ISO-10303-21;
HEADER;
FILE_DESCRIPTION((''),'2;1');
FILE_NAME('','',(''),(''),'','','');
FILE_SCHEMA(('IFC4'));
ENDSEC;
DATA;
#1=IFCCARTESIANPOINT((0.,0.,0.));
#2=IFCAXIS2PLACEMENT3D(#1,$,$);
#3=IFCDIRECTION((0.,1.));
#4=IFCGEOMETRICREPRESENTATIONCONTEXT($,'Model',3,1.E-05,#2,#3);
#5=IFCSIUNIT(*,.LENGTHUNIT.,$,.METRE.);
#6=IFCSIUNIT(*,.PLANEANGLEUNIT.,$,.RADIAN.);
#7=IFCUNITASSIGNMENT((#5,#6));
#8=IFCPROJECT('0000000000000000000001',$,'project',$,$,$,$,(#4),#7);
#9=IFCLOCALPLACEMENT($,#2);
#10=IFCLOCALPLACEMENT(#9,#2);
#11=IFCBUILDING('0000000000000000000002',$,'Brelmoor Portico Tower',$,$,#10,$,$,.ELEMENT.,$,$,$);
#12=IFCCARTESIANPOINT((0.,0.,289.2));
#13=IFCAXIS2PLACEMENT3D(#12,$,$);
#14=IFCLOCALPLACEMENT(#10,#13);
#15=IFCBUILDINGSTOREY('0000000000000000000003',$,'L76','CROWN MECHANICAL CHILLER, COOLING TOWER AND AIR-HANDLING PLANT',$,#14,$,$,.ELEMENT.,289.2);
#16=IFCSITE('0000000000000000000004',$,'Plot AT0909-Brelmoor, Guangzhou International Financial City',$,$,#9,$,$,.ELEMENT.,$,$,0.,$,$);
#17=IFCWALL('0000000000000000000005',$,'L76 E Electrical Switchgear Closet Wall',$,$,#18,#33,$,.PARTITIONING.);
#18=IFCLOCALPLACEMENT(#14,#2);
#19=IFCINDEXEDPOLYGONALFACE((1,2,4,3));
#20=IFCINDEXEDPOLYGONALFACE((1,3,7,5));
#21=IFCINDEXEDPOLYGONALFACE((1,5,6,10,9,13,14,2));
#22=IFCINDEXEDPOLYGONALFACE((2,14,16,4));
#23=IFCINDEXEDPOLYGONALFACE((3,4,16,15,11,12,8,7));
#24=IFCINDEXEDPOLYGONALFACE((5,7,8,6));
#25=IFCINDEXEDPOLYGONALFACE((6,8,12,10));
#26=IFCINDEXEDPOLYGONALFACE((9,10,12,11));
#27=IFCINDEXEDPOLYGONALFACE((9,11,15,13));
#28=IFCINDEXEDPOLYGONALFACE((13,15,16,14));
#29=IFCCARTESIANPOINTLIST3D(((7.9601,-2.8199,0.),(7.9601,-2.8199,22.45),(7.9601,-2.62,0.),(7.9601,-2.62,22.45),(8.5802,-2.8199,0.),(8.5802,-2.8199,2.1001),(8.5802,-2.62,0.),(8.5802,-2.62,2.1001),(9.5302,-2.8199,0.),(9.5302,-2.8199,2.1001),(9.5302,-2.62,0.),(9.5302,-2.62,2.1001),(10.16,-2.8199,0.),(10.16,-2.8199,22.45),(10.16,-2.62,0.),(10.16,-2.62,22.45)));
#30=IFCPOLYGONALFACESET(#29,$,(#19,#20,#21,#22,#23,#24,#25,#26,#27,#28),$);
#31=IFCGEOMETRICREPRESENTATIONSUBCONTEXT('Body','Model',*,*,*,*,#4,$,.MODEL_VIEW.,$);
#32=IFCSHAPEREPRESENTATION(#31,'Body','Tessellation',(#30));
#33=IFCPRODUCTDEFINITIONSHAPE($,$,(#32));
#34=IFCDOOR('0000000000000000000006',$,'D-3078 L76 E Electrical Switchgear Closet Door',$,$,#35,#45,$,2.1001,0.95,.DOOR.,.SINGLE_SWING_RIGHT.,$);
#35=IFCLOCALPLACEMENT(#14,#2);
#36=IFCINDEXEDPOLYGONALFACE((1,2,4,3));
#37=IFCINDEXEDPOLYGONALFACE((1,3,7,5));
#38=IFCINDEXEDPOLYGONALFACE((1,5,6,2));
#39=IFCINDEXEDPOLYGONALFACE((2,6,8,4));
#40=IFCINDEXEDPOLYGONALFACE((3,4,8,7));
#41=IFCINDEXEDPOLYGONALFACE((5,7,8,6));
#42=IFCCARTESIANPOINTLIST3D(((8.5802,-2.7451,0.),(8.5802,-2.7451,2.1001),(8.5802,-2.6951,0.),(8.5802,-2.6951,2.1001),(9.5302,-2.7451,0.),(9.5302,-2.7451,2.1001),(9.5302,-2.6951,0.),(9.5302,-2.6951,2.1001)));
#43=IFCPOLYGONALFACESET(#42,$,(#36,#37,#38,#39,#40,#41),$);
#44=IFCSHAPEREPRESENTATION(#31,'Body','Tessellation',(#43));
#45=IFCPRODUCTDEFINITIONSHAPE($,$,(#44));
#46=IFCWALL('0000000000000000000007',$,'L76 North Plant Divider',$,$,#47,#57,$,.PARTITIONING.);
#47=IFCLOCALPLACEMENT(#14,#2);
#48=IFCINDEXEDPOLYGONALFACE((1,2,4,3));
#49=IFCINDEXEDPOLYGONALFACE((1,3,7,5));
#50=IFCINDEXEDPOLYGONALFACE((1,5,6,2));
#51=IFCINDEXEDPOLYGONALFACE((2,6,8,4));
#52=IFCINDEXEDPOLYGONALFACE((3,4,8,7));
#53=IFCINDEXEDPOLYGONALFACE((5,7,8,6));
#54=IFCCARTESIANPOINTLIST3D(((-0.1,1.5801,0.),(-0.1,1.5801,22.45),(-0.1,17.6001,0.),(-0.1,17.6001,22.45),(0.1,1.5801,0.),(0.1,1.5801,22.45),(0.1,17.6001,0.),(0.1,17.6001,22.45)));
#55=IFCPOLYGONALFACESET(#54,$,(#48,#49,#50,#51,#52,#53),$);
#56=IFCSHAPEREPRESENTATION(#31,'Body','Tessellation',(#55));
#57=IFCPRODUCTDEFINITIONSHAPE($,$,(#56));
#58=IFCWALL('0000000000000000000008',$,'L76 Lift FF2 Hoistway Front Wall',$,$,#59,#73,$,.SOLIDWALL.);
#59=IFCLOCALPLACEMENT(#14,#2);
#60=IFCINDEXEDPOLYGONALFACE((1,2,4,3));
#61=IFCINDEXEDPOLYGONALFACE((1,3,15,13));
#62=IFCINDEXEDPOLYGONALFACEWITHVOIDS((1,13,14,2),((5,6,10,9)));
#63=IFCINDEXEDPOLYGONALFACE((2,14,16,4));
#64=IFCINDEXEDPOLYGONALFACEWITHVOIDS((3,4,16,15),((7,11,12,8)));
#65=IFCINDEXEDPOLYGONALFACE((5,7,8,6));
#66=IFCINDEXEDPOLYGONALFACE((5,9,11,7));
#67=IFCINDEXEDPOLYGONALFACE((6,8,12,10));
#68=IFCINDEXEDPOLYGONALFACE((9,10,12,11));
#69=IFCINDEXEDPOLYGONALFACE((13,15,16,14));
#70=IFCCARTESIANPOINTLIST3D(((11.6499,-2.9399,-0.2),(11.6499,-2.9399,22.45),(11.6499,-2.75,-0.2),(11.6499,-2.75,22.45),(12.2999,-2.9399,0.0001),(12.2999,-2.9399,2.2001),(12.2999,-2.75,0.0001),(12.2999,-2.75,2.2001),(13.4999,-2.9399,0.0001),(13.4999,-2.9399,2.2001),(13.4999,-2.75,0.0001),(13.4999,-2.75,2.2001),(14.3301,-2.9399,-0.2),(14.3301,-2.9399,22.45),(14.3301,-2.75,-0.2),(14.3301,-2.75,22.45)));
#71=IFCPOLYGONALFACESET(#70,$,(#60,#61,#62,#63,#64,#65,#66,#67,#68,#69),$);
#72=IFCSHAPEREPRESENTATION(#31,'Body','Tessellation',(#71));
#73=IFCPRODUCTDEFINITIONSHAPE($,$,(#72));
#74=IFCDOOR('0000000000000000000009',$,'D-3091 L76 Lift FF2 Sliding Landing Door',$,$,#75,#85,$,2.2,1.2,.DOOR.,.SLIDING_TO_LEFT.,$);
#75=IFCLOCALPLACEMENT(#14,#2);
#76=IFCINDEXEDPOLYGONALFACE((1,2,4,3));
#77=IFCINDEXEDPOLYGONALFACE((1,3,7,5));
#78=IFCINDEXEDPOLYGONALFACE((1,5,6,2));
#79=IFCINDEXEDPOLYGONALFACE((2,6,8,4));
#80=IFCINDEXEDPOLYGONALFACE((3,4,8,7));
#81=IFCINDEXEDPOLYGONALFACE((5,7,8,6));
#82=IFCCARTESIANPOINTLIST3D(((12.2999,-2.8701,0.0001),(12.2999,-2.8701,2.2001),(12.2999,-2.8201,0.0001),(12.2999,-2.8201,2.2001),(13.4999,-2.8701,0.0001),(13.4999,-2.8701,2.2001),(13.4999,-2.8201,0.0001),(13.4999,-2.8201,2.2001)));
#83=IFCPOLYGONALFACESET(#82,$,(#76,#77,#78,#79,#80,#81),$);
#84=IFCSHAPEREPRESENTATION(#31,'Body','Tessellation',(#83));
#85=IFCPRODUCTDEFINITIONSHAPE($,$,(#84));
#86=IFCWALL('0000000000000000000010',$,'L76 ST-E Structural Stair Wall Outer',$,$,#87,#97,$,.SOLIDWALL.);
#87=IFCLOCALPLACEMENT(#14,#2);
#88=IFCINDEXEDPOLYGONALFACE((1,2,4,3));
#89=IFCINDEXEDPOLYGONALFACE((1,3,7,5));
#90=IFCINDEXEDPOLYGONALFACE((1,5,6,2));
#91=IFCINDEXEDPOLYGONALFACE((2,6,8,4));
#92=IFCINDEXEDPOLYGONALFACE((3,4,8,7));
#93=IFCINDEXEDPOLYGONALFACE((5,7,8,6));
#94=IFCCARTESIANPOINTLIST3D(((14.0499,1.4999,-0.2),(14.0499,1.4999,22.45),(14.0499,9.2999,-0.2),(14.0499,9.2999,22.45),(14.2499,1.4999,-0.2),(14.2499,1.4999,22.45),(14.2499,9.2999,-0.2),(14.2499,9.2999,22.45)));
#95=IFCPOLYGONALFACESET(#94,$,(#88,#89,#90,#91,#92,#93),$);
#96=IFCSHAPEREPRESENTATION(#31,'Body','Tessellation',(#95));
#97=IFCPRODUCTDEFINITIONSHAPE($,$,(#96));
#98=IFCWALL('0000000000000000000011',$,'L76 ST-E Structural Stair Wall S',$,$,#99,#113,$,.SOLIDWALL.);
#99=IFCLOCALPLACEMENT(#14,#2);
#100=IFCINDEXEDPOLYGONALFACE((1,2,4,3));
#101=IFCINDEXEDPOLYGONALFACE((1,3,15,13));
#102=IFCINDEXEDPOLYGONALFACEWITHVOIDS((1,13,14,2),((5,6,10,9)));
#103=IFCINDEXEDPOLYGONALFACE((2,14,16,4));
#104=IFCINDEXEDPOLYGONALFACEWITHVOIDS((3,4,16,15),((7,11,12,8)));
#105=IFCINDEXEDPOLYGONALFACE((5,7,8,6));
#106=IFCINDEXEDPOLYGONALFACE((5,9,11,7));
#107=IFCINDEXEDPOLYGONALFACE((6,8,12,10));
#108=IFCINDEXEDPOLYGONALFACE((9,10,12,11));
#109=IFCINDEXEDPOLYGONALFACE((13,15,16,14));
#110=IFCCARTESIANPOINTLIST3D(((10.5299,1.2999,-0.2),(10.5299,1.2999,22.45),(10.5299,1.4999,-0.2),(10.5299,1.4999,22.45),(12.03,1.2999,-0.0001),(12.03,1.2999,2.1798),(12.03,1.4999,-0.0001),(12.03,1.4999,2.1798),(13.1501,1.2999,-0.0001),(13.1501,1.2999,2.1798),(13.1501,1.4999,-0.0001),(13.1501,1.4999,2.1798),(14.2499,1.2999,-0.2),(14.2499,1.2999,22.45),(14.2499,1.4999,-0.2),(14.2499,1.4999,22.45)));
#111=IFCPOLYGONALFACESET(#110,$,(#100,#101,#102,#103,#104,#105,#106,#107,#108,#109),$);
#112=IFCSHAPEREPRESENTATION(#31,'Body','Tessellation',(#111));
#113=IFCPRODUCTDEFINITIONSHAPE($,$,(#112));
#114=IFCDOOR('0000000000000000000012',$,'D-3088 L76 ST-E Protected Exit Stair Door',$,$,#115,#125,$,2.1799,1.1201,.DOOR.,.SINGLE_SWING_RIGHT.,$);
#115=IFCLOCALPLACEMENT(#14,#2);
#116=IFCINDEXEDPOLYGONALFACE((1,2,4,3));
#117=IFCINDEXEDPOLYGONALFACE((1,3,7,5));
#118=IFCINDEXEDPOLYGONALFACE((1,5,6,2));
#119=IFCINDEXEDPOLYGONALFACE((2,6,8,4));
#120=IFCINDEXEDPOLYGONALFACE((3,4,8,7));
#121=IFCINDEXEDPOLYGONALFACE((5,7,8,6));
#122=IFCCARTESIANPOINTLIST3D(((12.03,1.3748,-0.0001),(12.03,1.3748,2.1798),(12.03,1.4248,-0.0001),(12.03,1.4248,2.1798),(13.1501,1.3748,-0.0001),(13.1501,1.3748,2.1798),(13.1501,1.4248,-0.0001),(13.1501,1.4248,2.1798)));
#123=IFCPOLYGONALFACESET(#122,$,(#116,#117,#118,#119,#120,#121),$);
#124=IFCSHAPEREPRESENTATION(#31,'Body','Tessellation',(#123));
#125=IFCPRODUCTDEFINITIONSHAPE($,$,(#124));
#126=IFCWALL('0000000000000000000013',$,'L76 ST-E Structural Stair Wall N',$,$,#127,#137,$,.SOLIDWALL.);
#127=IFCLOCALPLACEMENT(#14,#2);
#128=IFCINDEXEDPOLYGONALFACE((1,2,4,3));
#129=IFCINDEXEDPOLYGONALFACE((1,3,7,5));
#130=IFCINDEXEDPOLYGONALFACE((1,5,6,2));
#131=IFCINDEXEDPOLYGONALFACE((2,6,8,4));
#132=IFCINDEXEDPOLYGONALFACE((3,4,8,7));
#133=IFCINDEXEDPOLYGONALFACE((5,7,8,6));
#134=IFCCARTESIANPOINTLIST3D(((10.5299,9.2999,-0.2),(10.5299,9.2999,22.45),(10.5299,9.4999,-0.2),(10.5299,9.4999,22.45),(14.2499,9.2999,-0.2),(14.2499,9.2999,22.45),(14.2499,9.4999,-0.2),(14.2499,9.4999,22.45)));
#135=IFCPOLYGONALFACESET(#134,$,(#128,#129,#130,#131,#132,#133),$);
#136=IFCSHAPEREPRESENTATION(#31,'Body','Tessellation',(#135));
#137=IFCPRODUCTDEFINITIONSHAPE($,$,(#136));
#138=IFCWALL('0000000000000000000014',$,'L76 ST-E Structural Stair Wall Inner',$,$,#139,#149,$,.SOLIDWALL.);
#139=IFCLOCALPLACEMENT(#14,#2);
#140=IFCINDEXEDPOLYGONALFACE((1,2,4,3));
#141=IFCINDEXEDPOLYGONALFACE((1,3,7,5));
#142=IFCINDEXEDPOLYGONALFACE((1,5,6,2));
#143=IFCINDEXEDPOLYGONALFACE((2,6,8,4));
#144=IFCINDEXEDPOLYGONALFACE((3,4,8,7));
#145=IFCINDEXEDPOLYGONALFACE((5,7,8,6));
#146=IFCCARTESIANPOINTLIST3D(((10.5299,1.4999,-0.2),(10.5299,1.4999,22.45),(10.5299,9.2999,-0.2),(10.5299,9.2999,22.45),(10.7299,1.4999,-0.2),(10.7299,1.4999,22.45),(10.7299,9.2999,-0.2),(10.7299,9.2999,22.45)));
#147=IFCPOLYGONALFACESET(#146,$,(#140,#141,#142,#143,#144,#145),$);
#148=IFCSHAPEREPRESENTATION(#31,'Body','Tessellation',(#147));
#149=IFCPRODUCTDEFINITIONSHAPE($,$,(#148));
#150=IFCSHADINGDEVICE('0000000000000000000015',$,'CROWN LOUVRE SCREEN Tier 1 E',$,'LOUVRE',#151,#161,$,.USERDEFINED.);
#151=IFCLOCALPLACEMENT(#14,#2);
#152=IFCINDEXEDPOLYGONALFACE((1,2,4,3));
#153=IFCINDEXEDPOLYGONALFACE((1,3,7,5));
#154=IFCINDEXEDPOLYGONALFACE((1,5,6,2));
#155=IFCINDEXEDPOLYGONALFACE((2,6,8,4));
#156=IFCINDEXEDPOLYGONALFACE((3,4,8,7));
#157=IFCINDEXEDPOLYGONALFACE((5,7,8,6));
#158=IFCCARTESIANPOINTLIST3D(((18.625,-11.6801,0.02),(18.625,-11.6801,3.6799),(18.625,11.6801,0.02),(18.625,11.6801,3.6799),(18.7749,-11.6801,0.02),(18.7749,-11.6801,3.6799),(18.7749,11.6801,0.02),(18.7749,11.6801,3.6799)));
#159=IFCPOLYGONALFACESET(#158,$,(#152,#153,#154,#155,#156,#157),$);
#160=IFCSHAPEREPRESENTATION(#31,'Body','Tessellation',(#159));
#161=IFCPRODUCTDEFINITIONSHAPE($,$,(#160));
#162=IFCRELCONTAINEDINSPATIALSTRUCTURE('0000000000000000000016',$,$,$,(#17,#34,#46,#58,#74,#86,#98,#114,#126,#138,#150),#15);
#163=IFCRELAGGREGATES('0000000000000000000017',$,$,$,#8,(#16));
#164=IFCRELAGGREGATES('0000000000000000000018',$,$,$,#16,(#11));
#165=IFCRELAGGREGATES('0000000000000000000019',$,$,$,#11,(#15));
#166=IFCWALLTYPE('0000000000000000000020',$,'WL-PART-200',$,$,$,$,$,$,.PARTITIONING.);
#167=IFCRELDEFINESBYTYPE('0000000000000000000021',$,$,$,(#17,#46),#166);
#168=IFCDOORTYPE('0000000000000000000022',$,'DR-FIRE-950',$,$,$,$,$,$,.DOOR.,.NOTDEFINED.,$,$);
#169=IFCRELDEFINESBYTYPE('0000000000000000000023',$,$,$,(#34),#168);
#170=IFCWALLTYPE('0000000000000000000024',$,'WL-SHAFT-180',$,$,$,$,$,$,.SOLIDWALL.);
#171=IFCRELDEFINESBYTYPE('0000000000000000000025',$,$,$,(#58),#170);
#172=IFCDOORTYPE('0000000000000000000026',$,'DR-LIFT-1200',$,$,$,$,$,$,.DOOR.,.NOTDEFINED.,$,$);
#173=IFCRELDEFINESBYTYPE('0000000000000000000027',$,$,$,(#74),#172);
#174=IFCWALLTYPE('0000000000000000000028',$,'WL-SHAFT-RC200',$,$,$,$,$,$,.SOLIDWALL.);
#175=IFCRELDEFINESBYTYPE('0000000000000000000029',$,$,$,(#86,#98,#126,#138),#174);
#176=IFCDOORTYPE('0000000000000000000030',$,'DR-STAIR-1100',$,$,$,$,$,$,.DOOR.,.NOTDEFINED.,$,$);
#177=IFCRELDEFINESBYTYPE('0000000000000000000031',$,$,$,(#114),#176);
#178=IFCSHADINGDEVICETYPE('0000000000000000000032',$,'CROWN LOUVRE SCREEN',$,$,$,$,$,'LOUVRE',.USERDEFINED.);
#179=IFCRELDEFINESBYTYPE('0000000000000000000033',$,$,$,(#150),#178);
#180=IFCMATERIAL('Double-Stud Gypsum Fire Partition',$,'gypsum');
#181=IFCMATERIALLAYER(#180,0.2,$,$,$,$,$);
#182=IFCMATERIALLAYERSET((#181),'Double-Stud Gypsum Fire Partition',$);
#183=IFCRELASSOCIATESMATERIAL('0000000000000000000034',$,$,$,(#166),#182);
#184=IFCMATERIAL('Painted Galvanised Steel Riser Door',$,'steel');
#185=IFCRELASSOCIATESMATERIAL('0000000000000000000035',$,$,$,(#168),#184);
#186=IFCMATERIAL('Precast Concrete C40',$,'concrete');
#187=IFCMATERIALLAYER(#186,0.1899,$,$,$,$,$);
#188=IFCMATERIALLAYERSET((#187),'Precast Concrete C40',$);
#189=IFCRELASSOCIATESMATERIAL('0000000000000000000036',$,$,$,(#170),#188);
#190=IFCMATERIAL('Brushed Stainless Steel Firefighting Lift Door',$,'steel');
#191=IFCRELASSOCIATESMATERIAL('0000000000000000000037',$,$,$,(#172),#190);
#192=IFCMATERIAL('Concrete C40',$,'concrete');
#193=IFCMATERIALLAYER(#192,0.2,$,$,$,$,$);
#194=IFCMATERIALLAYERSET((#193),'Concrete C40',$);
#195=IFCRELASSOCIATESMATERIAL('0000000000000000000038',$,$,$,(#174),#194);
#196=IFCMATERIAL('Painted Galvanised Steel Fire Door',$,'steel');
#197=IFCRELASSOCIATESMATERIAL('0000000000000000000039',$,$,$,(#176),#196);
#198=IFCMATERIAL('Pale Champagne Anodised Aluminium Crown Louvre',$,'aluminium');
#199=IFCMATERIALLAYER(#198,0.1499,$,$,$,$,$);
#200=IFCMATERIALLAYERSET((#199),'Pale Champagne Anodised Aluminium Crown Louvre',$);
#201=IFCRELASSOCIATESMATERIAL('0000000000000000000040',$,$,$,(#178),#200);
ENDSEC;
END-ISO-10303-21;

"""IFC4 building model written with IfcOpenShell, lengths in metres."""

from ifc_helpers import new_model, si_unit, direction, frame, frame_2d, origin, origin_2d, place, context, subcontext, project, spatial, rectangle, extrude, material, layer, layer_set, type_object, element, fill, save


model = new_model("IFC4")

# Units and contexts
model_context = context("Model", 3, precision=1e-05, world=origin(), true_north=direction((0.0, 1.0)))
body_context = subcontext(model_context, "Body", "Model", "MODEL_VIEW")
ifc_project = project(units=[si_unit("LENGTHUNIT", "METRE"), si_unit("PLANEANGLEUNIT", "RADIAN")], contexts=[model_context])

# Site, building, storey
site_placement = place(None, origin())
site = spatial("IfcSite", under=ifc_project, at=site_placement, Name="Plot AT0909-Brelmoor, Guangzhou International Financial City", CompositionType="ELEMENT", RefElevation=0.0)
building_placement = place(site_placement, origin())
building = spatial("IfcBuilding", under=site, at=building_placement, Name="Brelmoor Portico Tower", CompositionType="ELEMENT")
storey_placement = place(building_placement, frame((0.0, 0.0, 289.2)))
storey = spatial("IfcBuildingStorey", under=building, at=storey_placement, Name="L76", Description="CROWN MECHANICAL CHILLER, COOLING TOWER AND AIR-HANDLING PLANT", CompositionType="ELEMENT", Elevation=289.2)

# Shared definitions
ifc_material_1 = material(Name="Concrete C40", Category="concrete")

# Shared definitions
ifc_material_2 = material(Name="Double-Stud Gypsum Fire Partition", Category="gypsum")
ifc_layer_1 = layer(ifc_material_2, 0.2)
ifc_layer_set_1 = layer_set([ifc_layer_1], Name="Double-Stud Gypsum Fire Partition")
wall_type_1 = type_object("IfcWallType", Name="WL-PART-200", PredefinedType="PARTITIONING", material=ifc_layer_set_1)

# Wall, opening, door
ifc_material_3 = material(Name="Painted Galvanised Steel Fire Door", Category="steel")
wall_1_placement = place(storey_placement, frame((7.96, -2.72, 0.0), z_axis=(0.0, 0.0, 1.0), x_axis=(1.0, 0.0, 0.0)))
wall_1 = element("IfcWall", 1, at=wall_1_placement, inside=storey, type_object=wall_type_1, Name="L76 E Electrical Switchgear Closet Wall", PredefinedType="PARTITIONING", context=body_context, shape_type="SweptSolid", body=[
    extrude(rectangle(XDim=2.2, YDim=0.2, at=frame_2d((1.1001, 0.0))), origin(), (0.0, 0.0, 1.0), 22.45),
])
opening_1_placement = place(wall_1_placement, frame((0.6201, 0.0, 0.0)))
opening_1 = element("IfcOpeningElement", 2, at=opening_1_placement, cuts=wall_1, PredefinedType="OPENING", context=body_context, shape_type="SweptSolid", body=[
    extrude(rectangle(XDim=0.95, YDim=2.1001, at=frame_2d((0.4751, 1.05))), frame((0.0, 0.1099, 0.0), z_axis=(0.0, -1.0, 0.0), x_axis=(1.0, 0.0, 0.0)), (0.0, 0.0, 1.0), 0.22),
])
ifc_material_4 = material(Name="Painted Galvanised Steel Riser Door", Category="steel")
door_type_1 = type_object("IfcDoorType", Name="DR-FIRE-950", OperationType="NOTDEFINED", PredefinedType="DOOR", material=ifc_material_4)
door_1_placement = place(opening_1_placement, origin())
door_1 = element("IfcDoor", 3, at=door_1_placement, inside=storey, type_object=door_type_1, Name="D-3078 L76 E Electrical Switchgear Closet Door", OperationType="SINGLE_SWING_RIGHT", OverallHeight=2.1001, OverallWidth=0.95, PredefinedType="DOOR", context=body_context, shape_type="SweptSolid", body=[
    extrude(rectangle(XDim=0.95, YDim=2.1001, at=frame_2d((0.4751, 1.05))), frame((0.0, 0.0249, 0.0), z_axis=(0.0, -1.0, 0.0), x_axis=(1.0, 0.0, 0.0)), (0.0, 0.0, 1.0), 0.05),
])
fill(opening_1, door_1)

# Wall
wall_2_placement = place(storey_placement, frame((0.0, 1.5801, 0.0), z_axis=(0.0, 0.0, 1.0), x_axis=(0.0, 1.0, 0.0)))
element("IfcWall", 4, at=wall_2_placement, inside=storey, type_object=wall_type_1, Name="L76 North Plant Divider", PredefinedType="PARTITIONING", context=body_context, shape_type="SweptSolid", body=[
    extrude(rectangle(XDim=16.02, YDim=0.2, at=frame_2d((8.01, 0.0))), origin(), (0.0, 0.0, 1.0), 22.45),
])

# Wall, opening, door
ifc_material_5 = material(Name="Precast Concrete C40", Category="concrete")
ifc_layer_2 = layer(ifc_material_5, 0.1899)
ifc_layer_set_2 = layer_set([ifc_layer_2], Name="Precast Concrete C40")
wall_type_2 = type_object("IfcWallType", Name="WL-SHAFT-180", PredefinedType="SOLIDWALL", material=ifc_layer_set_2)
wall_3_placement = place(storey_placement, frame((11.6499, -2.845, -0.2), z_axis=(0.0, 0.0, 1.0), x_axis=(1.0, 0.0, 0.0)))
wall_3 = element("IfcWall", 5, at=wall_3_placement, inside=storey, type_object=wall_type_2, Name="L76 Lift FF2 Hoistway Front Wall", PredefinedType="SOLIDWALL", context=body_context, shape_type="SweptSolid", body=[
    extrude(rectangle(XDim=2.6802, YDim=0.1899, at=frame_2d((1.3401, 0.0))), origin(), (0.0, 0.0, 1.0), 22.6499),
])
opening_2_placement = place(wall_3_placement, frame((0.6499, 0.0, 0.2)))
opening_2 = element("IfcOpeningElement", 6, at=opening_2_placement, cuts=wall_3, PredefinedType="OPENING", context=body_context, shape_type="SweptSolid", body=[
    extrude(rectangle(XDim=1.2, YDim=2.2, at=frame_2d((0.6001, 1.1001))), frame((0.0, 0.105, 0.0), z_axis=(0.0, -1.0, 0.0), x_axis=(1.0, 0.0, 0.0)), (0.0, 0.0, 1.0), 0.21),
])
ifc_material_6 = material(Name="Brushed Stainless Steel Firefighting Lift Door", Category="steel")
door_type_2 = type_object("IfcDoorType", Name="DR-LIFT-1200", OperationType="NOTDEFINED", PredefinedType="DOOR", material=ifc_material_6)
door_2_placement = place(opening_2_placement, origin())
door_2 = element("IfcDoor", 7, at=door_2_placement, inside=storey, type_object=door_type_2, Name="D-3091 L76 Lift FF2 Sliding Landing Door", OperationType="SLIDING_TO_LEFT", OverallHeight=2.2, OverallWidth=1.2, PredefinedType="DOOR", context=body_context, shape_type="SweptSolid", body=[
    extrude(rectangle(XDim=1.2, YDim=2.2, at=frame_2d((0.6001, 1.1001))), frame((0.0, 0.0249, 0.0), z_axis=(0.0, -1.0, 0.0), x_axis=(1.0, 0.0, 0.0)), (0.0, 0.0, 1.0), 0.05),
])
fill(opening_2, door_2)

# Wall
ifc_layer_3 = layer(ifc_material_1, 0.2)
ifc_layer_set_3 = layer_set([ifc_layer_3], Name="Concrete C40")
wall_type_3 = type_object("IfcWallType", Name="WL-SHAFT-RC200", PredefinedType="SOLIDWALL", material=ifc_layer_set_3)
wall_4_placement = place(storey_placement, frame((14.1499, 1.5, -0.2), z_axis=(0.0, 0.0, 1.0), x_axis=(0.0, 1.0, 0.0)))
element("IfcWall", 8, at=wall_4_placement, inside=storey, type_object=wall_type_3, Name="L76 ST-E Structural Stair Wall Outer", PredefinedType="SOLIDWALL", context=body_context, shape_type="SweptSolid", body=[
    extrude(rectangle(XDim=7.8, YDim=0.2, at=frame_2d((3.8999, 0.0))), origin(), (0.0, 0.0, 1.0), 22.6499),
])

# Wall, opening, door
wall_5_placement = place(storey_placement, frame((10.53, 1.3999, -0.2), z_axis=(0.0, 0.0, 1.0), x_axis=(1.0, 0.0, 0.0)))
wall_5 = element("IfcWall", 9, at=wall_5_placement, inside=storey, type_object=wall_type_3, Name="L76 ST-E Structural Stair Wall S", PredefinedType="SOLIDWALL", context=body_context, shape_type="SweptSolid", body=[
    extrude(rectangle(XDim=3.72, YDim=0.2, at=frame_2d((1.8599, 0.0))), origin(), (0.0, 0.0, 1.0), 22.6499),
])
opening_3_placement = place(wall_5_placement, frame((1.5, 0.0, 0.2)))
opening_3 = element("IfcOpeningElement", 10, at=opening_3_placement, cuts=wall_5, PredefinedType="OPENING", context=body_context, shape_type="SweptSolid", body=[
    extrude(rectangle(XDim=1.1201, YDim=2.1799, at=frame_2d((0.5601, 1.0898))), frame((0.0, 0.1099, 0.0), z_axis=(0.0, -1.0, 0.0), x_axis=(1.0, 0.0, 0.0)), (0.0, 0.0, 1.0), 0.22),
])
door_type_3 = type_object("IfcDoorType", Name="DR-STAIR-1100", OperationType="NOTDEFINED", PredefinedType="DOOR", material=ifc_material_3)
door_3_placement = place(opening_3_placement, origin())
door_3 = element("IfcDoor", 11, at=door_3_placement, inside=storey, type_object=door_type_3, Name="D-3088 L76 ST-E Protected Exit Stair Door", OperationType="SINGLE_SWING_RIGHT", OverallHeight=2.1799, OverallWidth=1.1201, PredefinedType="DOOR", context=body_context, shape_type="SweptSolid", body=[
    extrude(rectangle(XDim=1.1201, YDim=2.1799, at=frame_2d((0.5601, 1.0898))), frame((0.0, 0.0249, 0.0), z_axis=(0.0, -1.0, 0.0), x_axis=(1.0, 0.0, 0.0)), (0.0, 0.0, 1.0), 0.05),
])
fill(opening_3, door_3)

# Walls
wall_6_placement = place(storey_placement, frame((10.53, 9.3999, -0.2), z_axis=(0.0, 0.0, 1.0), x_axis=(1.0, 0.0, 0.0)))
element("IfcWall", 12, at=wall_6_placement, inside=storey, type_object=wall_type_3, Name="L76 ST-E Structural Stair Wall N", PredefinedType="SOLIDWALL", context=body_context, shape_type="SweptSolid", body=[
    extrude(rectangle(XDim=3.72, YDim=0.2, at=frame_2d((1.8599, 0.0))), origin(), (0.0, 0.0, 1.0), 22.6499),
])
wall_7_placement = place(storey_placement, frame((10.6299, 1.5, -0.2), z_axis=(0.0, 0.0, 1.0), x_axis=(0.0, 1.0, 0.0)))
element("IfcWall", 13, at=wall_7_placement, inside=storey, type_object=wall_type_3, Name="L76 ST-E Structural Stair Wall Inner", PredefinedType="SOLIDWALL", context=body_context, shape_type="SweptSolid", body=[
    extrude(rectangle(XDim=7.8, YDim=0.2, at=frame_2d((3.8999, 0.0))), origin(), (0.0, 0.0, 1.0), 22.6499),
])

# Shading device
ifc_material_7 = material(Name="Pale Champagne Anodised Aluminium Crown Louvre", Category="aluminium")
ifc_layer_4 = layer(ifc_material_7, 0.1499)
ifc_layer_set_4 = layer_set([ifc_layer_4], Name="Pale Champagne Anodised Aluminium Crown Louvre")
shading_device_type = type_object("IfcShadingDeviceType", Name="CROWN LOUVRE SCREEN", ElementType="LOUVRE", PredefinedType="USERDEFINED", material=ifc_layer_set_4)
shading_device_placement = place(storey_placement, frame((18.7, 0.0, 0.02), z_axis=(0.0, 0.0, 1.0), x_axis=(0.0, 1.0, 0.0)))
element("IfcShadingDevice", 14, at=shading_device_placement, inside=storey, type_object=shading_device_type, Name="CROWN LOUVRE SCREEN Tier 1 E", ObjectType="LOUVRE", PredefinedType="USERDEFINED", context=body_context, shape_type="SweptSolid", body=[
    extrude(rectangle(XDim=23.3601, YDim=0.1499, at=origin_2d()), origin(), (0.0, 0.0, 1.0), 3.6599),
])

save(model, "model.ifc")
